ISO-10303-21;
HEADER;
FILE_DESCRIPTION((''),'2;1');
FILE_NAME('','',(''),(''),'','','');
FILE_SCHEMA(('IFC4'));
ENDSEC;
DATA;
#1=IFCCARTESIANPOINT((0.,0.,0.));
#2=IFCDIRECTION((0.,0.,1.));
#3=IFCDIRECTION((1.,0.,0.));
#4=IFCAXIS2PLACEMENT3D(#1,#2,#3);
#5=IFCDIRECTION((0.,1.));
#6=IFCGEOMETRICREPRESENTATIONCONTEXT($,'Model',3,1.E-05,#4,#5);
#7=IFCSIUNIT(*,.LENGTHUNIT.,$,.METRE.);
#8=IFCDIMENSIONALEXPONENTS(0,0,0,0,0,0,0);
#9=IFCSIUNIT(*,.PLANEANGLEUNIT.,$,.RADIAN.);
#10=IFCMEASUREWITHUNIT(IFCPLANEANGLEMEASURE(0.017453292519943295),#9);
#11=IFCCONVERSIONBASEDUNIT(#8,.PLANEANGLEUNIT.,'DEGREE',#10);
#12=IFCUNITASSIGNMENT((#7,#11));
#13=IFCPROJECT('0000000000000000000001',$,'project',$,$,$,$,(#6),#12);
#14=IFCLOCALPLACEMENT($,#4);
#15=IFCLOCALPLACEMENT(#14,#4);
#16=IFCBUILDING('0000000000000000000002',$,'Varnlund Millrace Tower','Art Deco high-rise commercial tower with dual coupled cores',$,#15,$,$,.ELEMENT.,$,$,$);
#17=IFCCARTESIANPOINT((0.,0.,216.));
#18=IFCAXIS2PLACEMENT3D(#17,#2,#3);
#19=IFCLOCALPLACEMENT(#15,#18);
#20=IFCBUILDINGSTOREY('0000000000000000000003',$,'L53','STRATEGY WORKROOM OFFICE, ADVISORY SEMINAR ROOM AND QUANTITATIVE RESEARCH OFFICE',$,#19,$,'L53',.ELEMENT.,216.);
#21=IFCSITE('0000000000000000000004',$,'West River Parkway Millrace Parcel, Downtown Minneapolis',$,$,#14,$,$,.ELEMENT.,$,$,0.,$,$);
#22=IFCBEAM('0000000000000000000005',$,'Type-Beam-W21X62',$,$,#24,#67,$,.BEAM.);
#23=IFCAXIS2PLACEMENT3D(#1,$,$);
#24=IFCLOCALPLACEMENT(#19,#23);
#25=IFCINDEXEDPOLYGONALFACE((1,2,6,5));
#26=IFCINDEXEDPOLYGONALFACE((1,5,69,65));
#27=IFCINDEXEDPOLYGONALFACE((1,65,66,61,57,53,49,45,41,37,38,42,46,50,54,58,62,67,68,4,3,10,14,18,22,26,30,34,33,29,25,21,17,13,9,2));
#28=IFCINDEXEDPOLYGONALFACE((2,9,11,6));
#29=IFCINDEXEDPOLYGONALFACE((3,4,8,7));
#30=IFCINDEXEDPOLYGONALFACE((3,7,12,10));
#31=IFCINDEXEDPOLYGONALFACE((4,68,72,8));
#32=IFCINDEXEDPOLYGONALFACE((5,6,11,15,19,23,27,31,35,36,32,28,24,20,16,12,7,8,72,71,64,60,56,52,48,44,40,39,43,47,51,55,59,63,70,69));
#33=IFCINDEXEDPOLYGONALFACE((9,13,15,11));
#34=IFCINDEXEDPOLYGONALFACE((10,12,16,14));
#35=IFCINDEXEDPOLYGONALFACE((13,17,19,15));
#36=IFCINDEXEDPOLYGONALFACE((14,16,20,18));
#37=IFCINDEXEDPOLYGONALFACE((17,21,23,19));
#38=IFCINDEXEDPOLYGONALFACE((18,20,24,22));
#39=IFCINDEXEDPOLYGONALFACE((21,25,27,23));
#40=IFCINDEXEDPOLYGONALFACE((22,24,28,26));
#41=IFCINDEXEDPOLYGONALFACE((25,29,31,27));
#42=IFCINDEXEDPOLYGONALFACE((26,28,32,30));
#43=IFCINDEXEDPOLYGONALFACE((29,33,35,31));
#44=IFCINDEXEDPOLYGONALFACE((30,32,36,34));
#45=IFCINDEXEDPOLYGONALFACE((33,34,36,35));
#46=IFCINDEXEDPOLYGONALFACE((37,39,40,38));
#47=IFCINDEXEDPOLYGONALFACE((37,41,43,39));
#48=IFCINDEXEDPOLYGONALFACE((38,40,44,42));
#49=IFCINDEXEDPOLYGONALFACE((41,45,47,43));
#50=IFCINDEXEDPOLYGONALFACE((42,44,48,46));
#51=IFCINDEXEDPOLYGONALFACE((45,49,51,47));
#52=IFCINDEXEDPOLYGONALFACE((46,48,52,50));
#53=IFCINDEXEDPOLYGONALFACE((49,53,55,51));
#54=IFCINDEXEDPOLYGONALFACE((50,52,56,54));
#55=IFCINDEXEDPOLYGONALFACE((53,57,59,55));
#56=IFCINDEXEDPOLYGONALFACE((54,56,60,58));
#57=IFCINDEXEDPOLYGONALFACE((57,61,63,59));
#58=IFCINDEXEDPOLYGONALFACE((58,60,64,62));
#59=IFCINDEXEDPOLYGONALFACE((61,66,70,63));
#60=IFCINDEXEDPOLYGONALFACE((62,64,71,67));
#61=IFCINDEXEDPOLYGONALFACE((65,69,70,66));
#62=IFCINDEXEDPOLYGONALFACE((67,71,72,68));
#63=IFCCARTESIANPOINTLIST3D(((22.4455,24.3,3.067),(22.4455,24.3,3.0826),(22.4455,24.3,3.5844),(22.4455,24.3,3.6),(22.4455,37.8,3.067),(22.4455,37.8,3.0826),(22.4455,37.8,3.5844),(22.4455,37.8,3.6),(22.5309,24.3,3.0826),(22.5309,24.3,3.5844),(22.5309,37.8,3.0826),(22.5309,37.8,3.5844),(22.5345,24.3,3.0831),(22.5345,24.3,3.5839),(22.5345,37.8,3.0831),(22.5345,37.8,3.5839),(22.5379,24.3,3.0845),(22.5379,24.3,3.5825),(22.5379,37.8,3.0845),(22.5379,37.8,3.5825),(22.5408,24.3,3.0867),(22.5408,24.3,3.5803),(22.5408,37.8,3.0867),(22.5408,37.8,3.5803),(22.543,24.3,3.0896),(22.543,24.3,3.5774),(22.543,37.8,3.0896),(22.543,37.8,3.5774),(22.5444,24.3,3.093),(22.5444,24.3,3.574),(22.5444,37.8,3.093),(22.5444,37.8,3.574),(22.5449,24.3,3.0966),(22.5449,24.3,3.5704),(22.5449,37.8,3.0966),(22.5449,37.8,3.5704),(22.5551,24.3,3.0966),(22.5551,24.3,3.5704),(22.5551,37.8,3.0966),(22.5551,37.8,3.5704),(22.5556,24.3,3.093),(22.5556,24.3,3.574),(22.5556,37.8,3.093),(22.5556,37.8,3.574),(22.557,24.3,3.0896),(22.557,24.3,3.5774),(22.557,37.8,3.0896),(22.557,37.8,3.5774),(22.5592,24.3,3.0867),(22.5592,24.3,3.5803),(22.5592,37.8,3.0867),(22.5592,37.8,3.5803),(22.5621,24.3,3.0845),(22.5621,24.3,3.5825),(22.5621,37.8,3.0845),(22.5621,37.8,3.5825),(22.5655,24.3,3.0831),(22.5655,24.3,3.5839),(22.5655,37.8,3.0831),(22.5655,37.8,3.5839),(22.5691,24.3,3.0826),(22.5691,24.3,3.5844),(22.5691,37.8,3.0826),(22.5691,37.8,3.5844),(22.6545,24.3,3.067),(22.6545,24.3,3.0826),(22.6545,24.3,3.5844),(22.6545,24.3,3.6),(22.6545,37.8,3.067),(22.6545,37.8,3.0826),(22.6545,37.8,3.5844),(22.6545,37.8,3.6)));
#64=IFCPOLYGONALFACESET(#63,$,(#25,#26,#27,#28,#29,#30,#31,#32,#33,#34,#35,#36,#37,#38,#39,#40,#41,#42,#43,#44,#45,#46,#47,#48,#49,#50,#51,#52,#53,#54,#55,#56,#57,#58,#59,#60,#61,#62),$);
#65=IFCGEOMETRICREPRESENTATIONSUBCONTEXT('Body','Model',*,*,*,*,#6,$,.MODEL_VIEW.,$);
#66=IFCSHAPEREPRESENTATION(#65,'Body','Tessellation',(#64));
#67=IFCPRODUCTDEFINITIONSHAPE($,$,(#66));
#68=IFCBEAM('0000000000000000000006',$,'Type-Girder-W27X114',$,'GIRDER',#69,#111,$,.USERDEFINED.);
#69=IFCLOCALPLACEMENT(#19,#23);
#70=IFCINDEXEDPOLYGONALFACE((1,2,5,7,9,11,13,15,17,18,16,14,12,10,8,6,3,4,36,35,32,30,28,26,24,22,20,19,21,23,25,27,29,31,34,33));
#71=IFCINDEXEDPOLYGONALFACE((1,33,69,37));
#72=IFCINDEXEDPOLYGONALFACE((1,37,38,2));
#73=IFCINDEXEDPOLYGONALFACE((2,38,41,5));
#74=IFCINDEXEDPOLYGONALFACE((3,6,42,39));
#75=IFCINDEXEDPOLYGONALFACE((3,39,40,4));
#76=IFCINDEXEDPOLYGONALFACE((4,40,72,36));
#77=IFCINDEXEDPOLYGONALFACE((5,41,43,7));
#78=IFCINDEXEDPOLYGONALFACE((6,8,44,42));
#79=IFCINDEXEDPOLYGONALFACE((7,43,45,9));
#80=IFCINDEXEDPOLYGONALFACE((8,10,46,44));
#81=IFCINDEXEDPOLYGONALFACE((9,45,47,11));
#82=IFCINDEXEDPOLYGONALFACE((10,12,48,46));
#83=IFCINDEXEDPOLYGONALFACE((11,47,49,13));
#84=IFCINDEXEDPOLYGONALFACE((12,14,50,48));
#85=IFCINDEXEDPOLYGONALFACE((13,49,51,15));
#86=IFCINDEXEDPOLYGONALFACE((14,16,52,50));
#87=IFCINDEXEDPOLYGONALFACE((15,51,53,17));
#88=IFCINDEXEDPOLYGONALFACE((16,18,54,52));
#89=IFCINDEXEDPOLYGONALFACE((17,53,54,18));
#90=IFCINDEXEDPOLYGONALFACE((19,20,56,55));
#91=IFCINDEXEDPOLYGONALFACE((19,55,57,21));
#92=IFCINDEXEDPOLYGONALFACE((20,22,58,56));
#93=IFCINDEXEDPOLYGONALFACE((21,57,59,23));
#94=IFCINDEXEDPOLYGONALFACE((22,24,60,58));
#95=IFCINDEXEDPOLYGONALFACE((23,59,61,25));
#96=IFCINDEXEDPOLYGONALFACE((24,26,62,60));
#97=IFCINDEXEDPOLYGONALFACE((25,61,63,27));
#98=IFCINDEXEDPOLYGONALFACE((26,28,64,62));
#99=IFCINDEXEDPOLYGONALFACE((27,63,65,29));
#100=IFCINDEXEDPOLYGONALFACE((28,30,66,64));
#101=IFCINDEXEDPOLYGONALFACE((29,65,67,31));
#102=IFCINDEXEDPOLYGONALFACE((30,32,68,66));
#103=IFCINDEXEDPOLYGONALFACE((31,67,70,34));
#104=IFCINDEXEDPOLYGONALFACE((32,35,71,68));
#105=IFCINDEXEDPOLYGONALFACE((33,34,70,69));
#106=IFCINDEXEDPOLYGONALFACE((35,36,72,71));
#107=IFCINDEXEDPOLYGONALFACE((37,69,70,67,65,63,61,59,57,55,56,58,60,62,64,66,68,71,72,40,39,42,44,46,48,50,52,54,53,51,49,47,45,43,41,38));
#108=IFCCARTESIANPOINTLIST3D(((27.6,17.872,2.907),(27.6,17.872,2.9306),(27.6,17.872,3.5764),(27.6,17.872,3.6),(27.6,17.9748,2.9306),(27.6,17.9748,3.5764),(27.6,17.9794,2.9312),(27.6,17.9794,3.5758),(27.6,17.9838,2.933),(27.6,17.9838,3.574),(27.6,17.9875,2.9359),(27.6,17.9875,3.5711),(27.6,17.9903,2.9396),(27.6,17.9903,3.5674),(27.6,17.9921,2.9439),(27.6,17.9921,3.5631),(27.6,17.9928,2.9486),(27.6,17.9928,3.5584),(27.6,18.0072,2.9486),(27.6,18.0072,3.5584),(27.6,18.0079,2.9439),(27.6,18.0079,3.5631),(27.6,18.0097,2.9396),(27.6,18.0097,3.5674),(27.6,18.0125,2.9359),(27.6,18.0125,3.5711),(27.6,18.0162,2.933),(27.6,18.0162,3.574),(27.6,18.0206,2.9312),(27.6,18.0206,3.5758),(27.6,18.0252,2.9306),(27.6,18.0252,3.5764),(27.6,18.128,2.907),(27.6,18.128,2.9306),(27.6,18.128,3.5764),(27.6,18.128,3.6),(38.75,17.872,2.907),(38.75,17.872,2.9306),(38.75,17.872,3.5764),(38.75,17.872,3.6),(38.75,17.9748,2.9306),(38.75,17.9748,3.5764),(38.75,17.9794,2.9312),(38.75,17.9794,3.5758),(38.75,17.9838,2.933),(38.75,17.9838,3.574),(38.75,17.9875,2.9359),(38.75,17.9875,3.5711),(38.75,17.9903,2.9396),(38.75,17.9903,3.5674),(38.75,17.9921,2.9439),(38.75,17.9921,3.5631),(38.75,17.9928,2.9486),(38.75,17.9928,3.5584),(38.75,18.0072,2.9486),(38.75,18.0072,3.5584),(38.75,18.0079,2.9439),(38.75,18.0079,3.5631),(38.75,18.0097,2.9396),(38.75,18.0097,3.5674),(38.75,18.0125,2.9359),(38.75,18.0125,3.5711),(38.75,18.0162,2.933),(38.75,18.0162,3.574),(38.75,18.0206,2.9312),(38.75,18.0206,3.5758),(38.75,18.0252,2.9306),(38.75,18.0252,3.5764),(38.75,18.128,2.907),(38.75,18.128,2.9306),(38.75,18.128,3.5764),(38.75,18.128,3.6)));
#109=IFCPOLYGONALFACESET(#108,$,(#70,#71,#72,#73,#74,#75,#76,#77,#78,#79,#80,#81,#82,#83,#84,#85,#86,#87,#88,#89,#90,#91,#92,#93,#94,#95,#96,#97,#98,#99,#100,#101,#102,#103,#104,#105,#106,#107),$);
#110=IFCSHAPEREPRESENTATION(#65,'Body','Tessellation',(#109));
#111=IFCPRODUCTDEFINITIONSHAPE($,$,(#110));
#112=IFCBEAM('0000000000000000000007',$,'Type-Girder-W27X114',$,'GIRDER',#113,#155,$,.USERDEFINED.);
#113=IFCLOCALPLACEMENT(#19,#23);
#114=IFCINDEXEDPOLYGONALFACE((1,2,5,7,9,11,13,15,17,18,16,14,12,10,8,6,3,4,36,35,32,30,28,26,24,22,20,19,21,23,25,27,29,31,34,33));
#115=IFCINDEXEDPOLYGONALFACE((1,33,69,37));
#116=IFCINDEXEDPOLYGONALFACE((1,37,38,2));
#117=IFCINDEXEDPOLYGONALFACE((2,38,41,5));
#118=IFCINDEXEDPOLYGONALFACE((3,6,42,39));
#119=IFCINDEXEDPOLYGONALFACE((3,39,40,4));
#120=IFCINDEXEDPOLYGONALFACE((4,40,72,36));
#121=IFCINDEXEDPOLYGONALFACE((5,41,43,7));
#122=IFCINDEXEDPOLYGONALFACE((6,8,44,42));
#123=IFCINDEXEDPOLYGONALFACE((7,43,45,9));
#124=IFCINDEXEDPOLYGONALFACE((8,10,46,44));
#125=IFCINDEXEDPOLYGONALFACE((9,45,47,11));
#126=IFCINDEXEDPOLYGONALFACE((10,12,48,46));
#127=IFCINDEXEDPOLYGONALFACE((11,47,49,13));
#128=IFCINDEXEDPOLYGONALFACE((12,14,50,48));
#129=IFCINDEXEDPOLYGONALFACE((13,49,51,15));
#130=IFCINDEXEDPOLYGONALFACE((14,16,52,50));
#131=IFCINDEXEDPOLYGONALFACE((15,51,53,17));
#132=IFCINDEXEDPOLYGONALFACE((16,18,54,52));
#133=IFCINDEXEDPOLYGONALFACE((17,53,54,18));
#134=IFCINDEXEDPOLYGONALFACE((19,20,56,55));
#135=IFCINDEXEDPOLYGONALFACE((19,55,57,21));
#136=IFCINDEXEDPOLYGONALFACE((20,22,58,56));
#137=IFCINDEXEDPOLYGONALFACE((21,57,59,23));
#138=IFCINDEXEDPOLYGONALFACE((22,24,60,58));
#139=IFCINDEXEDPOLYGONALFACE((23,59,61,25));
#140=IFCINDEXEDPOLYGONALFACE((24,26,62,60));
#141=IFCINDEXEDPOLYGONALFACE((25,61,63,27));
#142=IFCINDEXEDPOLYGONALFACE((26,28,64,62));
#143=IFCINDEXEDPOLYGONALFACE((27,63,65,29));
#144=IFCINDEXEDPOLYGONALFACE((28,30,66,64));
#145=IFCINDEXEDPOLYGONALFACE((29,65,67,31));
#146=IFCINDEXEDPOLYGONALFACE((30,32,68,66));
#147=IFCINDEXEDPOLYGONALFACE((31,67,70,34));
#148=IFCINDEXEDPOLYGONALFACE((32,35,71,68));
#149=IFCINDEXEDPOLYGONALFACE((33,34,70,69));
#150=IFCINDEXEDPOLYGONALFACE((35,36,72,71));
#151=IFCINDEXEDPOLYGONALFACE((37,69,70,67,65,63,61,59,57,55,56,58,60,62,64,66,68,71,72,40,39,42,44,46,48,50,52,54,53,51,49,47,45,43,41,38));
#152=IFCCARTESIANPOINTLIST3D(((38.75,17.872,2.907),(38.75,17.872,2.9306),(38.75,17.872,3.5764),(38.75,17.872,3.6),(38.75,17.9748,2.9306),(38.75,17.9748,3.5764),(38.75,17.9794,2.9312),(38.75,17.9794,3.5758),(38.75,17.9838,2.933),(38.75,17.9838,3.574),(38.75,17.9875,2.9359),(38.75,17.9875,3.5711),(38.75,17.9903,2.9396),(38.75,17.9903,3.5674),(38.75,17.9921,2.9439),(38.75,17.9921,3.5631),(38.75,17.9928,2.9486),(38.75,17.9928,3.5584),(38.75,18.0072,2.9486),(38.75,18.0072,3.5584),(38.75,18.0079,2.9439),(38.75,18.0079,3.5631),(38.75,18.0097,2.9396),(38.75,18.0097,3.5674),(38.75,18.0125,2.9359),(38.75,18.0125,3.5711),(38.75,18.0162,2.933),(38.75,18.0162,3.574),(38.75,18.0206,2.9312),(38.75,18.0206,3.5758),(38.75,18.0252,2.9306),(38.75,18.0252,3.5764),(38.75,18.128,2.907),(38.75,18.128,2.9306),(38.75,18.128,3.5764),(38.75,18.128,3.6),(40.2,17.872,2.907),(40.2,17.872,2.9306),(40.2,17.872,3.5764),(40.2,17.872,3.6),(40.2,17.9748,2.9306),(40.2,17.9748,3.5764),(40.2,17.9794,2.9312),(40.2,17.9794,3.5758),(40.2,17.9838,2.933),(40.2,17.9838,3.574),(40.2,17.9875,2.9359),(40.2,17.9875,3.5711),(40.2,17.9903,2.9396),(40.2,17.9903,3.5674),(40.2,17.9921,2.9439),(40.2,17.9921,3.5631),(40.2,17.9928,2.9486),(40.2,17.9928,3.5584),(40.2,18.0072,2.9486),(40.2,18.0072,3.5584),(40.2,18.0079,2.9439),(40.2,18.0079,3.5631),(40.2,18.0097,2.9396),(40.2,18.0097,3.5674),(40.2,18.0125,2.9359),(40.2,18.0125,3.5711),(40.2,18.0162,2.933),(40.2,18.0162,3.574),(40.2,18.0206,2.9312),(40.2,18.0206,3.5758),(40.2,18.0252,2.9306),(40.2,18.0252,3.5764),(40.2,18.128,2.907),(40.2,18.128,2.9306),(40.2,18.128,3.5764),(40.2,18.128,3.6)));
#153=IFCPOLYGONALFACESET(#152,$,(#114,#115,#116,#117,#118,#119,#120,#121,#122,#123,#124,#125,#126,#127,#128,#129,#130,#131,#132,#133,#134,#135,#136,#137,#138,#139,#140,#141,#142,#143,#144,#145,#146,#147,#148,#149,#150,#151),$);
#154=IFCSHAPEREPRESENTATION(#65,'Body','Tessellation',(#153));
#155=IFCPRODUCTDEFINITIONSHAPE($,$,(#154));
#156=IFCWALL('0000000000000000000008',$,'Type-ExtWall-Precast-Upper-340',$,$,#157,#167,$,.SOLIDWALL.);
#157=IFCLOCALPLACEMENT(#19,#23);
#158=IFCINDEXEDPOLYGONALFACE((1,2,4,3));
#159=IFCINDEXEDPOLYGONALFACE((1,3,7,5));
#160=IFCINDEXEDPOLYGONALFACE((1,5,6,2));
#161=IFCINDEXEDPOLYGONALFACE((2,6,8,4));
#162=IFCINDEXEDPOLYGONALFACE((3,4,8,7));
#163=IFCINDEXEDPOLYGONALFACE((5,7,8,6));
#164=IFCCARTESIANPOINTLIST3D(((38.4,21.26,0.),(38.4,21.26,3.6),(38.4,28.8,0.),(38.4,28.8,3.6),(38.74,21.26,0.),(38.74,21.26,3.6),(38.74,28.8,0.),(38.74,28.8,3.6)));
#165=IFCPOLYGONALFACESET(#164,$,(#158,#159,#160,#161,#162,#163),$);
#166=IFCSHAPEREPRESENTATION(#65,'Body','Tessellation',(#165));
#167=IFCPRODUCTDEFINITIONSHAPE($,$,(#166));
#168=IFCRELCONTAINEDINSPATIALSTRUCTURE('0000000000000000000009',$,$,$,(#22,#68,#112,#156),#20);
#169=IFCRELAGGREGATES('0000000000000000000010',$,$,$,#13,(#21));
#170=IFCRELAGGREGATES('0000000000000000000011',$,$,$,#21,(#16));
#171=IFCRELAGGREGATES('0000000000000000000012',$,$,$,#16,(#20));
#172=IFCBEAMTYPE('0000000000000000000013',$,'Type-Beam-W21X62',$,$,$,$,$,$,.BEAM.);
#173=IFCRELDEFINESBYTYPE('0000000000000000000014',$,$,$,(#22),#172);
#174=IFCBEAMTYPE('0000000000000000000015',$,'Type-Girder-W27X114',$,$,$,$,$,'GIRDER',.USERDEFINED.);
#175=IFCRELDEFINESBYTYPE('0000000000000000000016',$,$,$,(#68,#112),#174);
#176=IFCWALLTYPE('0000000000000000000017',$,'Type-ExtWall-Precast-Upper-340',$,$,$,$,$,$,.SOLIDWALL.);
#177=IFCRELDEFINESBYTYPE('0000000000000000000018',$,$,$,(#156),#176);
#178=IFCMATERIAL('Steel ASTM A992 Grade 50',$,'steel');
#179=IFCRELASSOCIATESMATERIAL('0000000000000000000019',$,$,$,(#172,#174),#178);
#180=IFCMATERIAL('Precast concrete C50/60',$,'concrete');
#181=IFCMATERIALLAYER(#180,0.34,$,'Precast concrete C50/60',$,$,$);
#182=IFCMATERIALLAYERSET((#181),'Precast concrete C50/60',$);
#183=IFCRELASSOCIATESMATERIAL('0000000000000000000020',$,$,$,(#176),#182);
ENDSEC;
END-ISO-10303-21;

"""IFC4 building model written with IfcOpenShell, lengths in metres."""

from ifc_helpers import new_model, entity, si_unit, converted_unit, direction, frame, origin_with_axes, origin_2d_with_axis, place, context, subcontext, project, spatial, polyline, i_section, outline, extrude, material, layer, layer_set, material_profile, profile_set, type_object, element, save


model = new_model("IFC4")

# Units and contexts
model_context = context("Model", 3, precision=1e-05, world=origin_with_axes(), true_north=direction((0.0, 1.0)))
body_context = subcontext(model_context, "Body", "Model", "MODEL_VIEW")
ifc_project = project(units=[si_unit("LENGTHUNIT", "METRE"), converted_unit("PLANEANGLEUNIT", "DEGREE", entity("IfcPlaneAngleMeasure", 0.017453292519943295), si_unit("PLANEANGLEUNIT", "RADIAN"), dimensions=[0, 0, 0, 0, 0, 0, 0])], contexts=[model_context])

# Site, building, storey
site_placement = place(None, origin_with_axes())
site = spatial("IfcSite", under=ifc_project, at=site_placement, Name="West River Parkway Millrace Parcel, Downtown Minneapolis", CompositionType="ELEMENT", RefElevation=0.0)
building_placement = place(site_placement, origin_with_axes())
building = spatial("IfcBuilding", under=site, at=building_placement, Name="Varnlund Millrace Tower", Description="Art Deco high-rise commercial tower with dual coupled cores", CompositionType="ELEMENT")
storey_placement = place(building_placement, frame((0.0, 0.0, 216.0), z_axis=(0.0, 0.0, 1.0), x_axis=(1.0, 0.0, 0.0)))
storey = spatial("IfcBuildingStorey", under=building, at=storey_placement, Name="L53", Description="STRATEGY WORKROOM OFFICE, ADVISORY SEMINAR ROOM AND QUANTITATIVE RESEARCH OFFICE", LongName="L53", CompositionType="ELEMENT", Elevation=216.0)

# Beams
ifc_material_1 = material(Name="Steel ASTM A992 Grade 50", Category="steel")
ifc_material_profile_1 = material_profile(ifc_material_1, i_section(OverallWidth=0.209, OverallDepth=0.533, WebThickness=0.0102, FlangeThickness=0.0156, FilletRadius=0.014, at=origin_2d_with_axis()), Name="Steel ASTM A992 Grade 50")
ifc_profile_set_1 = profile_set([ifc_material_profile_1], Name="Steel ASTM A992 Grade 50")
beam_type_1 = type_object("IfcBeamType", Name="Type-Beam-W21X62", PredefinedType="BEAM", material=ifc_profile_set_1)
beam_1_placement = place(storey_placement, frame((22.55, 24.3, 3.3335), z_axis=(0.0, 1.0, 0.0), x_axis=(-1.0, 0.0, 0.0)))
element("IfcBeam", 1, at=beam_1_placement, inside=storey, type_object=beam_type_1, Name="Type-Beam-W21X62", PredefinedType="BEAM", context=body_context, shape_type="SweptSolid", body=[
    extrude(i_section(OverallWidth=0.209, OverallDepth=0.533, WebThickness=0.0102, FlangeThickness=0.0156, FilletRadius=0.014, at=origin_2d_with_axis()), origin_with_axes(), (0.0, 0.0, 1.0), 13.5),
])
ifc_material_profile_2 = material_profile(ifc_material_1, i_section(OverallWidth=0.256, OverallDepth=0.693, WebThickness=0.0145, FlangeThickness=0.0236, FilletRadius=0.018, at=origin_2d_with_axis()), Name="Steel ASTM A992 Grade 50")
ifc_profile_set_2 = profile_set([ifc_material_profile_2], Name="Steel ASTM A992 Grade 50")
beam_type_2 = type_object("IfcBeamType", Name="Type-Girder-W27X114", ElementType="GIRDER", PredefinedType="USERDEFINED", material=ifc_profile_set_2)
beam_2_placement = place(storey_placement, frame((27.6, 18.0, 3.2535), z_axis=(1.0, 0.0, 0.0), x_axis=(0.0, 1.0, 0.0)))
element("IfcBeam", 2, at=beam_2_placement, inside=storey, type_object=beam_type_2, Name="Type-Girder-W27X114", ObjectType="GIRDER", PredefinedType="USERDEFINED", context=body_context, shape_type="SweptSolid", body=[
    extrude(i_section(OverallWidth=0.256, OverallDepth=0.693, WebThickness=0.0145, FlangeThickness=0.0236, FilletRadius=0.018, at=origin_2d_with_axis()), origin_with_axes(), (0.0, 0.0, 1.0), 11.15),
])
beam_3_placement = place(storey_placement, frame((38.75, 18.0, 3.2535), z_axis=(1.0, 0.0, 0.0), x_axis=(0.0, 1.0, 0.0)))
element("IfcBeam", 3, at=beam_3_placement, inside=storey, type_object=beam_type_2, Name="Type-Girder-W27X114", ObjectType="GIRDER", PredefinedType="USERDEFINED", context=body_context, shape_type="SweptSolid", body=[
    extrude(i_section(OverallWidth=0.256, OverallDepth=0.693, WebThickness=0.0145, FlangeThickness=0.0236, FilletRadius=0.018, at=origin_2d_with_axis()), origin_with_axes(), (0.0, 0.0, 1.0), 1.45),
])

# Wall
ifc_material_2 = material(Name="Precast concrete C50/60", Category="concrete")
ifc_layer_1 = layer(ifc_material_2, 0.34, Name="Precast concrete C50/60")
ifc_layer_set_1 = layer_set([ifc_layer_1], Name="Precast concrete C50/60")
wall_type_1 = type_object("IfcWallType", Name="Type-ExtWall-Precast-Upper-340", PredefinedType="SOLIDWALL", material=ifc_layer_set_1)
wall_1_placement = place(storey_placement, frame((38.57, 21.26, 0.0), z_axis=(0.0, 0.0, 1.0), x_axis=(0.0, 1.0, 0.0)))
element("IfcWall", 4, at=wall_1_placement, inside=storey, type_object=wall_type_1, Name="Type-ExtWall-Precast-Upper-340", PredefinedType="SOLIDWALL", context=body_context, shape_type="SweptSolid", body=[
    extrude(outline(polyline([(0.0, -0.17), (7.54, -0.17), (7.54, 0.17), (0.0, 0.17), (0.0, -0.17)])), origin_with_axes(), (0.0, 0.0, 1.0), 3.6),
])

save(model, "model.ifc")
